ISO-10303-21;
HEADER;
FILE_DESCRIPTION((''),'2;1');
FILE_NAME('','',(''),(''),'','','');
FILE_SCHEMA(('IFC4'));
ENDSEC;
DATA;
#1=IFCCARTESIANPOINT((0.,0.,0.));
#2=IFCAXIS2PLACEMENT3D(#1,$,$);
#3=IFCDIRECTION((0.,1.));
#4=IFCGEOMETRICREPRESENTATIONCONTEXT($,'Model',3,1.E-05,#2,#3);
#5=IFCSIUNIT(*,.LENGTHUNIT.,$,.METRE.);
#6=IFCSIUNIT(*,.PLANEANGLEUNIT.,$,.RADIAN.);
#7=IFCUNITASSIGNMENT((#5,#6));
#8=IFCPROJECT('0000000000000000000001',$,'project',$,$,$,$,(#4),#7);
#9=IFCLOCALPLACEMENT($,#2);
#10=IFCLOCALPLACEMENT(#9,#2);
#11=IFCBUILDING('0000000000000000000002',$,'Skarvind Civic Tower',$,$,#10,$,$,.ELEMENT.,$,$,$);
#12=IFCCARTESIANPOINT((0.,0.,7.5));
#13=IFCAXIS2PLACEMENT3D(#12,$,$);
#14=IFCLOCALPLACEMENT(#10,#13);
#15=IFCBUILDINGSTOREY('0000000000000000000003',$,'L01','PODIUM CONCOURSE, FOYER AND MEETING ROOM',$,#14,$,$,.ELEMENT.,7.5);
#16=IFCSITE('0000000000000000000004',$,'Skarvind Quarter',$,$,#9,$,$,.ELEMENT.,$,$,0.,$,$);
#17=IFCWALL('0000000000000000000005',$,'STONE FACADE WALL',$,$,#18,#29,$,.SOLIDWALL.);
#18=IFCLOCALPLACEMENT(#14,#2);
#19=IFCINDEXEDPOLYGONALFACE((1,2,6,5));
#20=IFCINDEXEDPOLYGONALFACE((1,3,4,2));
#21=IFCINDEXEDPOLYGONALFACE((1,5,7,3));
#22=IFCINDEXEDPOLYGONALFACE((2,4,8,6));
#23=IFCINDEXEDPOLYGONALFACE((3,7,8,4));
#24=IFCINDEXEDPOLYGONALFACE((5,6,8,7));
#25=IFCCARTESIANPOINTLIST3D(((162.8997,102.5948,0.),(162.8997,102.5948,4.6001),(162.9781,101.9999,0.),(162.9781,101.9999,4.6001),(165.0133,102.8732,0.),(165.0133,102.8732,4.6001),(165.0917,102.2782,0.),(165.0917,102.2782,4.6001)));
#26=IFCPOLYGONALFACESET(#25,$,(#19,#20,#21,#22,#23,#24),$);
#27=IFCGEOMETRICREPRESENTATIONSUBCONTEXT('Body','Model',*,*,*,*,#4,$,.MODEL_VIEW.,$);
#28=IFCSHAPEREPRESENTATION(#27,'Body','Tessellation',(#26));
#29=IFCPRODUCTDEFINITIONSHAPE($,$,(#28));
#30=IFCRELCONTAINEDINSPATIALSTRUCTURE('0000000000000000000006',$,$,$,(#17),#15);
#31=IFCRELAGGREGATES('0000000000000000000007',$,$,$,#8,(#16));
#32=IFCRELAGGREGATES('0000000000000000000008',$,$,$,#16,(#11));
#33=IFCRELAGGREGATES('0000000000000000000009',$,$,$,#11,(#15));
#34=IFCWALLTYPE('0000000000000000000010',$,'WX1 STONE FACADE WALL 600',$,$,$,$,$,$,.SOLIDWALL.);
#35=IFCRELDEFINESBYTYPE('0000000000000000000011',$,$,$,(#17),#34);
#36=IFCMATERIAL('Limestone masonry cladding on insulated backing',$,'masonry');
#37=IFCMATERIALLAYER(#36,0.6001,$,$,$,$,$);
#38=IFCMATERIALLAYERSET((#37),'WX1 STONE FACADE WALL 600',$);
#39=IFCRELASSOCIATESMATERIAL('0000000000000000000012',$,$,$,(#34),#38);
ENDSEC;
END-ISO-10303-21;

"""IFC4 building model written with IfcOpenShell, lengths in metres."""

from ifc_helpers import new_model, si_unit, direction, frame, frame_2d, origin, place, context, subcontext, project, spatial, rectangle, extrude, material, layer, layer_set, type_object, element, save


model = new_model("IFC4")

# Units and contexts
model_context = context("Model", 3, precision=1e-05, world=origin(), true_north=direction((0.0, 1.0)))
body_context = subcontext(model_context, "Body", "Model", "MODEL_VIEW")
ifc_project = project(units=[si_unit("LENGTHUNIT", "METRE"), si_unit("PLANEANGLEUNIT", "RADIAN")], contexts=[model_context])

# Site, building, storey
site_placement = place(None, origin())
site = spatial("IfcSite", under=ifc_project, at=site_placement, Name="Skarvind Quarter", CompositionType="ELEMENT", RefElevation=0.0)
building_placement = place(site_placement, origin())
building = spatial("IfcBuilding", under=site, at=building_placement, Name="Skarvind Civic Tower", CompositionType="ELEMENT")
storey_placement = place(building_placement, frame((0.0, 0.0, 7.5)))
storey = spatial("IfcBuildingStorey", under=building, at=storey_placement, Name="L01", Description="PODIUM CONCOURSE, FOYER AND MEETING ROOM", CompositionType="ELEMENT", Elevation=7.5)

# Shared definitions
ifc_material_1 = material(Name="Limestone masonry cladding on insulated backing", Category="masonry")
ifc_layer_1 = layer(ifc_material_1, 0.6001)
ifc_layer_set_1 = layer_set([ifc_layer_1], Name="WX1 STONE FACADE WALL 600")
wall_type_1 = type_object("IfcWallType", Name="WX1 STONE FACADE WALL 600", PredefinedType="SOLIDWALL", material=ifc_layer_set_1)

# Wall
wall_1_placement = place(storey_placement, frame((165.0525, 102.5757, 0.0), z_axis=(0.0, 0.0, 1.0), x_axis=(-0.991441, -0.130558, 0.0)))
element("IfcWall", 1, at=wall_1_placement, inside=storey, type_object=wall_type_1, Name="STONE FACADE WALL", PredefinedType="SOLIDWALL", context=body_context, shape_type="SweptSolid", body=[
    extrude(rectangle(XDim=2.1318, YDim=0.6001, at=frame_2d((1.0659, 0.0))), origin(), (0.0, 0.0, 1.0), 4.6001),
])

save(model, "model.ifc")
